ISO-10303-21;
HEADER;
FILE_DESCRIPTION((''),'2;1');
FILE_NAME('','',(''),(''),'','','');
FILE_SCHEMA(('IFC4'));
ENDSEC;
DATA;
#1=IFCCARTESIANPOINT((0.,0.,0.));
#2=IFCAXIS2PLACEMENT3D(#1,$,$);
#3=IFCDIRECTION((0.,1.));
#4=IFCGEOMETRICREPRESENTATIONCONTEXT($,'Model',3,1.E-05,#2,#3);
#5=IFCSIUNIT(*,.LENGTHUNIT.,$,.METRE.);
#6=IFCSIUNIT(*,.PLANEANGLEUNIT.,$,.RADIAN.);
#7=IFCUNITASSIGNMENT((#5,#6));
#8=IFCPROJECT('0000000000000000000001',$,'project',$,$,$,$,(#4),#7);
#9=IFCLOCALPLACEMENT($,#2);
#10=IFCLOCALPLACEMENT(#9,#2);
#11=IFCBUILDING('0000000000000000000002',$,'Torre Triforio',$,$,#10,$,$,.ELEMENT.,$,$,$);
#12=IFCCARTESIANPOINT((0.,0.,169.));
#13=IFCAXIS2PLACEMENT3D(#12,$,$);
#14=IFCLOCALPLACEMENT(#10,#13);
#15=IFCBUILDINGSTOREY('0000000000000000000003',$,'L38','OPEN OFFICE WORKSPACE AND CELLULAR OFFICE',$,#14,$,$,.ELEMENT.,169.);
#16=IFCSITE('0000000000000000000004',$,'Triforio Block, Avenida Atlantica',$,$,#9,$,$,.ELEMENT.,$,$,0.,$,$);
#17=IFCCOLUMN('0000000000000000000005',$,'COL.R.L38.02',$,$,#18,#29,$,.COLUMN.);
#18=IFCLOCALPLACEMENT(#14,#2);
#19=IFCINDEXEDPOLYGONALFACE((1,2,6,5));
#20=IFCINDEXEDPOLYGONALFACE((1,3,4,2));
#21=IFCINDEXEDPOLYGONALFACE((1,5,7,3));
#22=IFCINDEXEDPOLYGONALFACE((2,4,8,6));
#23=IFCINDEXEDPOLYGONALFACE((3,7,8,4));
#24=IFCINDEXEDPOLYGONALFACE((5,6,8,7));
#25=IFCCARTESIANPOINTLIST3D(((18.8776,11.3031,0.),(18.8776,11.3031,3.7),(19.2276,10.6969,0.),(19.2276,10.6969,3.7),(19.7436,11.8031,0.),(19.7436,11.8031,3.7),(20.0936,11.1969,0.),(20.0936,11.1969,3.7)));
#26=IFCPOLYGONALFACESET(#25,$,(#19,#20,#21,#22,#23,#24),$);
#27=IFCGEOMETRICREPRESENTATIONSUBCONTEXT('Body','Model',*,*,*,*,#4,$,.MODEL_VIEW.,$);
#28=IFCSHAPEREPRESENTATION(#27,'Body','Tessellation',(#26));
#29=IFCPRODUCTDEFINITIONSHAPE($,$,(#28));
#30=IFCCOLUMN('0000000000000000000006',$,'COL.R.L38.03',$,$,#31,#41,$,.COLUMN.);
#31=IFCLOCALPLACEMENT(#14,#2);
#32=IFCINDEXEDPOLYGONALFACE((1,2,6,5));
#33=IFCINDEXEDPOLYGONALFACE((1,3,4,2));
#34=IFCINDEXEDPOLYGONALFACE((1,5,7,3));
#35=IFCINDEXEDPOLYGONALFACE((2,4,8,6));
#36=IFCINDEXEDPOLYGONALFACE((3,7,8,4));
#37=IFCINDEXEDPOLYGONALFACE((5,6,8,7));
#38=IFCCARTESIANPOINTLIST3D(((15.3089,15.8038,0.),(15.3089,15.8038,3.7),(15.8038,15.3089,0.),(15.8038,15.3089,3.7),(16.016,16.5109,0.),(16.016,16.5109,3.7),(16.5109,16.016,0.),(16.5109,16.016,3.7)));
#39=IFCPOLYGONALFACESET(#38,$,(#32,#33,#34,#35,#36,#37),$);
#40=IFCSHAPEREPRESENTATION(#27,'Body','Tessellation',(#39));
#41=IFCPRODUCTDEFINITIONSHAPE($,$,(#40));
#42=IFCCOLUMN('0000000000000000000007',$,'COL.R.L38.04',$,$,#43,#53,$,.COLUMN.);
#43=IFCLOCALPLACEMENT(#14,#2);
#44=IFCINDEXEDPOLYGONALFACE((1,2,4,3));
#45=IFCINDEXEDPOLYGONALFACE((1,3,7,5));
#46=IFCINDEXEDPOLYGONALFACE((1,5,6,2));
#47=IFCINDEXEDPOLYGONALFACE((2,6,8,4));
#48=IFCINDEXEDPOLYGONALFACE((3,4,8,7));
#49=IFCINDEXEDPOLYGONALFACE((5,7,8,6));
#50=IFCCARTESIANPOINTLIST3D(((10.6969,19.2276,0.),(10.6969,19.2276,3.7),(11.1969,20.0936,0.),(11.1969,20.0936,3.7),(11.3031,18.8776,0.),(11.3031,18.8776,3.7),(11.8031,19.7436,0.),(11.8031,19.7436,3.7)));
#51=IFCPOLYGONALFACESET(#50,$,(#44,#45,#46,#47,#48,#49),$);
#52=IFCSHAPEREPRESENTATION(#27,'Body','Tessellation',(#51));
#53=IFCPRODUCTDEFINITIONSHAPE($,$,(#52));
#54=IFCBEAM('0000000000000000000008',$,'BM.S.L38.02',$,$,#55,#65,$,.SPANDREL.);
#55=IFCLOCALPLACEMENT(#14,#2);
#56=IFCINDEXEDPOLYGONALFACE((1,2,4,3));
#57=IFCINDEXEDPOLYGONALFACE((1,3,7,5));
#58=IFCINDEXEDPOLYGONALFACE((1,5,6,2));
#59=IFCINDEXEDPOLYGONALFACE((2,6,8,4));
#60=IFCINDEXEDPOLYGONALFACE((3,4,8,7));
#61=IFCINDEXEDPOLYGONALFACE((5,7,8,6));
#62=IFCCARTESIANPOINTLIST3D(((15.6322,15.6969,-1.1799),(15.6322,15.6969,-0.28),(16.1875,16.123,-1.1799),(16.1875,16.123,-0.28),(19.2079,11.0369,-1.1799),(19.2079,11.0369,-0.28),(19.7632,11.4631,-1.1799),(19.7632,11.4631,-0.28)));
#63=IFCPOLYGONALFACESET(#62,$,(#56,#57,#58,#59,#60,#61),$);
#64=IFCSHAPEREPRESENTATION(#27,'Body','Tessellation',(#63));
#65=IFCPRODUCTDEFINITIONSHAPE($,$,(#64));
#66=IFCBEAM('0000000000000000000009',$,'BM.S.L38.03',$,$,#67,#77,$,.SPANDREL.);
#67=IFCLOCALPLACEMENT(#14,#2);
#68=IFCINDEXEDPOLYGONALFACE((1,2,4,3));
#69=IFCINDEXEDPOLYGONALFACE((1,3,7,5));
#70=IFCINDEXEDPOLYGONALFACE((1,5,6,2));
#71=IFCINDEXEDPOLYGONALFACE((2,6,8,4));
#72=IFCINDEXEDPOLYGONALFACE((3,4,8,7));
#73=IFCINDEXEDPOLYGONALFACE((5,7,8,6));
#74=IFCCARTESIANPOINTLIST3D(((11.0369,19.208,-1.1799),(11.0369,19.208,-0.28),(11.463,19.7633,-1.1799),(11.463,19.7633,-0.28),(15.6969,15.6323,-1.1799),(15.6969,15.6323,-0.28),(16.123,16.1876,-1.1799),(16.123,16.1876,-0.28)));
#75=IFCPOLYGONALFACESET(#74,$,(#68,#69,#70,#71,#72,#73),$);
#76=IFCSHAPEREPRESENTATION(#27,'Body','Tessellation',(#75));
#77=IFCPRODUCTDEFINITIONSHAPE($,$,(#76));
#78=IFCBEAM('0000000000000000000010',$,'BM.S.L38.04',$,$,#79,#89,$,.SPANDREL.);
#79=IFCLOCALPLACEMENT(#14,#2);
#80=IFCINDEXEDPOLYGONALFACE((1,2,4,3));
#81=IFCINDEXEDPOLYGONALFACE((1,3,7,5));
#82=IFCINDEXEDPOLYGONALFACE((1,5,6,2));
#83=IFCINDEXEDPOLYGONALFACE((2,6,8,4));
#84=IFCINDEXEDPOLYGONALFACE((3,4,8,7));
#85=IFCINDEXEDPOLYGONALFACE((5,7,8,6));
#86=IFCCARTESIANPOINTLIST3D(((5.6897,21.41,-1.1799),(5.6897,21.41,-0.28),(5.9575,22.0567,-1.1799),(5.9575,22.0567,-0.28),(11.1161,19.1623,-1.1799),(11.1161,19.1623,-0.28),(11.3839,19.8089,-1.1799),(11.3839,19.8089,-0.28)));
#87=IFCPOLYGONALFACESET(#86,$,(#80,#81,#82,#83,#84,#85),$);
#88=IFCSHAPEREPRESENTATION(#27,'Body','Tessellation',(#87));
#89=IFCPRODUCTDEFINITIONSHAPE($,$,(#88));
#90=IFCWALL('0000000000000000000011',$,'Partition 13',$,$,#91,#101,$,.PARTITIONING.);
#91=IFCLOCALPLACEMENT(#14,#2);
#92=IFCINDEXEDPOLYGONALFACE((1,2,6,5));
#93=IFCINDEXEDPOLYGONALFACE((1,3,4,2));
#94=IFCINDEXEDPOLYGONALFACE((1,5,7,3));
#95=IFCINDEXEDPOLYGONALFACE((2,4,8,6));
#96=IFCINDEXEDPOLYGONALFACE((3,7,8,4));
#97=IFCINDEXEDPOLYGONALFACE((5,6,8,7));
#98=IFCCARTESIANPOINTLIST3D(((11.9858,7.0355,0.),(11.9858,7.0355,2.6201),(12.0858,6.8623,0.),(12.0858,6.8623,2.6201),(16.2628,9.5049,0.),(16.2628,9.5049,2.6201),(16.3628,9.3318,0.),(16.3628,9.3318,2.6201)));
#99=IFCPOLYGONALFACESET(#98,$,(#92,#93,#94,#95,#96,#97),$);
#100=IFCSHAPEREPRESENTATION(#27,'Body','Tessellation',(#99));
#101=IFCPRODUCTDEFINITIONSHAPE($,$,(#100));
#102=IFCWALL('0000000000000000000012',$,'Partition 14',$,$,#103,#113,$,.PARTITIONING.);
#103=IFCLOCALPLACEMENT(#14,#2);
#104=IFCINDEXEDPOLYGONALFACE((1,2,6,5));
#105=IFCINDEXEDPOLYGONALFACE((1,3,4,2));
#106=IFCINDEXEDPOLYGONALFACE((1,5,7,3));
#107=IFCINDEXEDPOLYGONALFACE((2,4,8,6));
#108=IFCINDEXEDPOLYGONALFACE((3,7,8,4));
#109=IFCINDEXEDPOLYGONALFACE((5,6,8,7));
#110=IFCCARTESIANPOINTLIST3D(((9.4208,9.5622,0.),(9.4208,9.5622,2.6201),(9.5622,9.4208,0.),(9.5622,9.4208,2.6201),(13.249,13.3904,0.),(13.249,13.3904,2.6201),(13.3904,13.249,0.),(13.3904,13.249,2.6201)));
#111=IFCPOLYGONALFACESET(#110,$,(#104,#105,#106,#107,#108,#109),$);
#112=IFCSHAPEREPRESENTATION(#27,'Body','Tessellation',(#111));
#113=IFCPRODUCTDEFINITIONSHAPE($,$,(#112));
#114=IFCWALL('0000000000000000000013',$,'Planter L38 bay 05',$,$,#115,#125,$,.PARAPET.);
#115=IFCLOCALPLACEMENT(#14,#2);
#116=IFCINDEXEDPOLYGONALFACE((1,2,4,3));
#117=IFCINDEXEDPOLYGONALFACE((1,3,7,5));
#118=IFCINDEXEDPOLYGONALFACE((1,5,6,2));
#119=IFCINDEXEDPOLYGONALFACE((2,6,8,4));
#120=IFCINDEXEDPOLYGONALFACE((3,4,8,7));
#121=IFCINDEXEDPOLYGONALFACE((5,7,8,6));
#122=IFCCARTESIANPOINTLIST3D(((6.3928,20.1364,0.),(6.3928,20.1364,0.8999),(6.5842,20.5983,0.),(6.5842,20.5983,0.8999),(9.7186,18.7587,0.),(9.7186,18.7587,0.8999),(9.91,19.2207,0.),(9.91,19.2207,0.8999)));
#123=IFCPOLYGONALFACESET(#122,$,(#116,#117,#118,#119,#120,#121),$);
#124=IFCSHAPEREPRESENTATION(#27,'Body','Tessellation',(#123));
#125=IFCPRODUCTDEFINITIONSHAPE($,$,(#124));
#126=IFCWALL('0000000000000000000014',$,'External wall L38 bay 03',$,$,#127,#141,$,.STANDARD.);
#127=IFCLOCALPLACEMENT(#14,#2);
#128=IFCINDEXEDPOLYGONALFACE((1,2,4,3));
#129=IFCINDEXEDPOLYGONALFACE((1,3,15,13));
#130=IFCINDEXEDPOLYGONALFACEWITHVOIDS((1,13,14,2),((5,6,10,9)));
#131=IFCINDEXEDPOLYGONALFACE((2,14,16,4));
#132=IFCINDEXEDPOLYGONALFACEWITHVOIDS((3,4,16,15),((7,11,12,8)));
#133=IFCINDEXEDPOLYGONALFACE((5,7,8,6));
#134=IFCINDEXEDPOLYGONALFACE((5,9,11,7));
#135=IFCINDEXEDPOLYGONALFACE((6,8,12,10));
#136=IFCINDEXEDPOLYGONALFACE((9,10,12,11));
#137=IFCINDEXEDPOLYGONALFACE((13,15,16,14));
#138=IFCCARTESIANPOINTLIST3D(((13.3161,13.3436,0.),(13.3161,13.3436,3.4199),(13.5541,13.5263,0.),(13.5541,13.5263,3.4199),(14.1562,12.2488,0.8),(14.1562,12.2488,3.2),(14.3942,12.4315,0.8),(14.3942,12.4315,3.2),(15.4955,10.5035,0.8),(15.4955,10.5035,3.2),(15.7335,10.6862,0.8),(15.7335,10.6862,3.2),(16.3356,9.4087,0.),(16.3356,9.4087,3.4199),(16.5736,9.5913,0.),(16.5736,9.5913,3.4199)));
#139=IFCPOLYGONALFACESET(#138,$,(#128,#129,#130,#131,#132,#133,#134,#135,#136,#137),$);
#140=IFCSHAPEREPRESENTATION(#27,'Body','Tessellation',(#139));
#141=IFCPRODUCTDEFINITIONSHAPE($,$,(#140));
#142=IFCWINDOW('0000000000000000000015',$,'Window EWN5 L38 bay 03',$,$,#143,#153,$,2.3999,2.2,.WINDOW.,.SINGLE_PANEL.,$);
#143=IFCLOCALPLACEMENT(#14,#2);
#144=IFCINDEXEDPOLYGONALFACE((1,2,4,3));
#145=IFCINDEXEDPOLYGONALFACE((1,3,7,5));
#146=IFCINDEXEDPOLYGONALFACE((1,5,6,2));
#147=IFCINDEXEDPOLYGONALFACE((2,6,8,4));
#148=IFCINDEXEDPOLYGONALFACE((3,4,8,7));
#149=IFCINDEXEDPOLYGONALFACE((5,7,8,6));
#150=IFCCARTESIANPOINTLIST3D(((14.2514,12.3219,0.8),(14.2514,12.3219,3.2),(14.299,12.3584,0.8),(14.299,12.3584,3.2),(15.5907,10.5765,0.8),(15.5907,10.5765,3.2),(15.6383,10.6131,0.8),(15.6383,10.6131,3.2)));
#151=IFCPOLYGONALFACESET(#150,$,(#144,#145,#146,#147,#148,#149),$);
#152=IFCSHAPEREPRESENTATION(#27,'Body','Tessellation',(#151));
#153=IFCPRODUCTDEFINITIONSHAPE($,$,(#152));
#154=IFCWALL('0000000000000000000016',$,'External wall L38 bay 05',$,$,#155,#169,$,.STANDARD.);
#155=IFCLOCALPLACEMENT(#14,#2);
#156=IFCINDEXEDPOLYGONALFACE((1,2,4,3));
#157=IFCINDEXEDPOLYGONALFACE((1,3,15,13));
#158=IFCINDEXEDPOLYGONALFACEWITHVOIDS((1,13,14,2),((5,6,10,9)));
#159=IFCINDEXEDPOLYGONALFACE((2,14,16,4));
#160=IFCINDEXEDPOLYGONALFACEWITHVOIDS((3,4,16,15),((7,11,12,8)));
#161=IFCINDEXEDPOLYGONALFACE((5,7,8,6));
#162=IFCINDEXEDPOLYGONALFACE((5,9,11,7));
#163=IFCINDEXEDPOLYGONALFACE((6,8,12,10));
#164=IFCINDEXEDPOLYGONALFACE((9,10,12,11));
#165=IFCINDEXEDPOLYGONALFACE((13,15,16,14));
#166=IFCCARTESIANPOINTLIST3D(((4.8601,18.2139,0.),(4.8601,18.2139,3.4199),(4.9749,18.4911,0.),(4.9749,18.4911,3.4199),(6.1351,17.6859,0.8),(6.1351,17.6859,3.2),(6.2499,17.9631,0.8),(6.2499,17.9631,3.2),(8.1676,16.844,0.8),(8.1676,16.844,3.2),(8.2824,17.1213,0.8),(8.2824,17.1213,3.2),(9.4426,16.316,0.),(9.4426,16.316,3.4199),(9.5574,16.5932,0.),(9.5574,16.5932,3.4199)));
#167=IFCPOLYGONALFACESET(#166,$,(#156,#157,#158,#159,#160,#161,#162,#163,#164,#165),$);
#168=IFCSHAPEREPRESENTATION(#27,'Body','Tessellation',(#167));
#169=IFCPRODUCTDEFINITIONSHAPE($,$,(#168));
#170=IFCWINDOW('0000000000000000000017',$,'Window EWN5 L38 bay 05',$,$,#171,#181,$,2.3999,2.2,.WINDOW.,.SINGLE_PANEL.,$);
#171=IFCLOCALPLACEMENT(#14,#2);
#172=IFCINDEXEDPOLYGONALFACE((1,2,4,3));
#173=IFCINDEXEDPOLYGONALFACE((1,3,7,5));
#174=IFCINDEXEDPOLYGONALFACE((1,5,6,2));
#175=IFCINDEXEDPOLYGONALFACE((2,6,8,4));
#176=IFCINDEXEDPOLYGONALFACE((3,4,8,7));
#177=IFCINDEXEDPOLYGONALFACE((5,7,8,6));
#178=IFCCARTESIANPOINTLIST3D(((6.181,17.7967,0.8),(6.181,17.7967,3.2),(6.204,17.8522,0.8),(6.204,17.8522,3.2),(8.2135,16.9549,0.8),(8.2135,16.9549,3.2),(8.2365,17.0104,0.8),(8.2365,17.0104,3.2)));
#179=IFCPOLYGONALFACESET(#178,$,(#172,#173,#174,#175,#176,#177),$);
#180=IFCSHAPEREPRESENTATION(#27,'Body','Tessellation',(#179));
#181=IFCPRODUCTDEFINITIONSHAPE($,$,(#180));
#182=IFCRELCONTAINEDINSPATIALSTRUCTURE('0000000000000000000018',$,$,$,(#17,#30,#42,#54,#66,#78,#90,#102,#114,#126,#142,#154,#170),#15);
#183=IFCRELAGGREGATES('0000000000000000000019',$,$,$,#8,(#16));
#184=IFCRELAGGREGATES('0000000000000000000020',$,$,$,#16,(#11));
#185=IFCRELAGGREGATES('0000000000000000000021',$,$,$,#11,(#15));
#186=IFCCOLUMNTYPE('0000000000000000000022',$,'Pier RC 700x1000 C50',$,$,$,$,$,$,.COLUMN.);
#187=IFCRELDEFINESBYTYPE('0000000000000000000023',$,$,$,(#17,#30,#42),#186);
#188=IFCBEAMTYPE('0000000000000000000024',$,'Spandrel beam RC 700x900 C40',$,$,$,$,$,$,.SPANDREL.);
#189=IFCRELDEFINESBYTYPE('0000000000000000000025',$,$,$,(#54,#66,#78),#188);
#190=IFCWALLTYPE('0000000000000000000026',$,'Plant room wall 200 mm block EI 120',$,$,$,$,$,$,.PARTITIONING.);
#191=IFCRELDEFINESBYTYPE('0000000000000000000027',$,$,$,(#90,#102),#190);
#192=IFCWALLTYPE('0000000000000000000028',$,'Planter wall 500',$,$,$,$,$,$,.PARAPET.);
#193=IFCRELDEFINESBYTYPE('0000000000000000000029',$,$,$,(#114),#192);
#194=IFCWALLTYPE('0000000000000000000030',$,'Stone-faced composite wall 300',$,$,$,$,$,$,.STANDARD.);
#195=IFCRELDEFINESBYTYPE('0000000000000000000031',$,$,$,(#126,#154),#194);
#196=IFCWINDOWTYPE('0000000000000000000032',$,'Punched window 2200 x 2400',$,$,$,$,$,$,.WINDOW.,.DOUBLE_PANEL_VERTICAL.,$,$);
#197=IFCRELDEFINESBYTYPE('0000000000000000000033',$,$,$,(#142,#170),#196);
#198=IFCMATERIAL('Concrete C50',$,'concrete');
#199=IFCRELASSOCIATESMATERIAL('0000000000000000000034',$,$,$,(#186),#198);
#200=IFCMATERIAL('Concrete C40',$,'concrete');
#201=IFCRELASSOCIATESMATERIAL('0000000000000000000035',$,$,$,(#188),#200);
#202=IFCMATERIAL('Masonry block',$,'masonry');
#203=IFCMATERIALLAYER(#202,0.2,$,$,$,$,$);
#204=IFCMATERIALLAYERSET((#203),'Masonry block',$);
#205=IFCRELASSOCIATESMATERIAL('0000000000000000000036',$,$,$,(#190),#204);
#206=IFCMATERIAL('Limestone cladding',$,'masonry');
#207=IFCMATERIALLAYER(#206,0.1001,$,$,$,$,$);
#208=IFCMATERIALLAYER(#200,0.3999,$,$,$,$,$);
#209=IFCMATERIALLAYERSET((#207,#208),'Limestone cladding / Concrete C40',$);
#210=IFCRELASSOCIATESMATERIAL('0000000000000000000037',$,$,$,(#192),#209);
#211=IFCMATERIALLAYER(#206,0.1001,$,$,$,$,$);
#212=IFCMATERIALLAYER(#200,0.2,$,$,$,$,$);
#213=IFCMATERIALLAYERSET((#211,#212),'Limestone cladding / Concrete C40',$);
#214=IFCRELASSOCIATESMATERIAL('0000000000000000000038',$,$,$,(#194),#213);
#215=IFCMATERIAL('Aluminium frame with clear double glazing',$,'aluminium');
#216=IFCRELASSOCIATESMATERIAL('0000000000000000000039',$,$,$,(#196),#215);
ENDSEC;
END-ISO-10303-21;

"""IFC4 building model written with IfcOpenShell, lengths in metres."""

from ifc_helpers import new_model, si_unit, direction, frame, frame_2d, origin, origin_2d, place, context, subcontext, project, spatial, rectangle, extrude, material, layer, layer_set, material_profile, profile_set, type_object, element, fill, save


model = new_model("IFC4")

# Units and contexts
model_context = context("Model", 3, precision=1e-05, world=origin(), true_north=direction((0.0, 1.0)))
body_context = subcontext(model_context, "Body", "Model", "MODEL_VIEW")
ifc_project = project(units=[si_unit("LENGTHUNIT", "METRE"), si_unit("PLANEANGLEUNIT", "RADIAN")], contexts=[model_context])

# Site, building, storey
site_placement = place(None, origin())
site = spatial("IfcSite", under=ifc_project, at=site_placement, Name="Triforio Block, Avenida Atlantica", CompositionType="ELEMENT", RefElevation=0.0)
building_placement = place(site_placement, origin())
building = spatial("IfcBuilding", under=site, at=building_placement, Name="Torre Triforio", CompositionType="ELEMENT")
storey_placement = place(building_placement, frame((0.0, 0.0, 169.0)))
storey = spatial("IfcBuildingStorey", under=building, at=storey_placement, Name="L38", Description="OPEN OFFICE WORKSPACE AND CELLULAR OFFICE", CompositionType="ELEMENT", Elevation=169.0)

# Columns
ifc_material_1 = material(Name="Concrete C50", Category="concrete")
ifc_material_profile_1 = material_profile(ifc_material_1, rectangle(XDim=0.7, YDim=1.0, at=origin_2d()), Name="RC 700x1000")
ifc_profile_set_1 = profile_set([ifc_material_profile_1], Name="Concrete C50")
column_type = type_object("IfcColumnType", Name="Pier RC 700x1000 C50", PredefinedType="COLUMN", material=ifc_profile_set_1)
for number, where, z_axis, x_axis, name in (
    (1, (19.4856, 11.25, 0.0), (0.0, 0.0, 1.0), (-0.5, 0.866025, 0.0), "COL.R.L38.02"),
    (2, (15.9099, 15.9099, 0.0), (0.0, 0.0, 1.0), (-0.707107, 0.707107, 0.0), "COL.R.L38.03"),
    (3, (11.25, 19.4856, 0.0), (0.0, 0.0, 1.0), (-0.866025, 0.5, 0.0), "COL.R.L38.04"),
):
    element("IfcColumn", number, at=place(storey_placement, frame(where, z_axis=z_axis, x_axis=x_axis)), inside=storey, type_object=column_type, Name=name, PredefinedType="COLUMN", context=body_context, shape_type="SweptSolid", body=[
        extrude(rectangle(XDim=0.7, YDim=1.0, at=origin_2d()), origin(), (0.0, 0.0, 1.0), 3.7),
    ])

# Beams
ifc_material_2 = material(Name="Concrete C40", Category="concrete")
ifc_material_profile_2 = material_profile(ifc_material_2, rectangle(XDim=0.7, YDim=0.8999, at=origin_2d()), Name="RC 700x900")
ifc_profile_set_2 = profile_set([ifc_material_profile_2], Name="Concrete C40")
beam_type = type_object("IfcBeamType", Name="Spandrel beam RC 700x900 C40", PredefinedType="SPANDREL", material=ifc_profile_set_2)
for number, where, z_axis, x_axis, name in (
    (4, (19.4856, 11.25, -0.73), (-0.608762, 0.793353, 0.0), (-0.793353, -0.608762, 0.0), "BM.S.L38.02"),
    (5, (15.9099, 15.9099, -0.73), (-0.793353, 0.608762, 0.0), (-0.608762, -0.793353, 0.0), "BM.S.L38.03"),
):
    element("IfcBeam", number, at=place(storey_placement, frame(where, z_axis=z_axis, x_axis=x_axis)), inside=storey, type_object=beam_type, Name=name, PredefinedType="SPANDREL", context=body_context, shape_type="SweptSolid", body=[
        extrude(rectangle(XDim=0.7, YDim=0.8999, at=origin_2d()), origin(), (0.0, 0.0, 1.0), 5.8738),
    ])
beam_placement = place(storey_placement, frame((11.25, 19.4856, -0.73), z_axis=(-0.923875, 0.382693, 0.0), x_axis=(-0.382693, -0.923875, 0.0)))
element("IfcBeam", 6, at=beam_placement, inside=storey, type_object=beam_type, Name="BM.S.L38.04", PredefinedType="SPANDREL", context=body_context, shape_type="SweptSolid", body=[
    extrude(rectangle(XDim=0.7, YDim=0.8999, at=origin_2d()), origin(), (0.0, 0.0, 1.0), 5.8735),
])

# Walls
ifc_material_3 = material(Name="Masonry block", Category="masonry")
ifc_layer_1 = layer(ifc_material_3, 0.2)
ifc_layer_set_1 = layer_set([ifc_layer_1], Name="Masonry block")
wall_type_1 = type_object("IfcWallType", Name="Plant room wall 200 mm block EI 120", PredefinedType="PARTITIONING", material=ifc_layer_set_1)
wall_1_placement = place(storey_placement, frame((12.0359, 6.949, 0.0), z_axis=(0.0, 0.0, 1.0), x_axis=(0.866017, 0.500015, 0.0)))
element("IfcWall", 7, at=wall_1_placement, inside=storey, type_object=wall_type_1, Name="Partition 13", PredefinedType="PARTITIONING", context=body_context, shape_type="SweptSolid", body=[
    extrude(rectangle(XDim=4.9387, YDim=0.2, at=frame_2d((2.4692, 0.0))), origin(), (0.0, 0.0, 1.0), 2.6201),
])
wall_2_placement = place(storey_placement, frame((9.4915, 9.4915, 0.0), z_axis=(0.0, 0.0, 1.0), x_axis=(0.707107, 0.707107, 0.0)))
element("IfcWall", 8, at=wall_2_placement, inside=storey, type_object=wall_type_1, Name="Partition 14", PredefinedType="PARTITIONING", context=body_context, shape_type="SweptSolid", body=[
    extrude(rectangle(XDim=5.4138, YDim=0.2, at=frame_2d((2.707, 0.0))), origin(), (0.0, 0.0, 1.0), 2.6201),
])
ifc_material_4 = material(Name="Limestone cladding", Category="masonry")
ifc_layer_2 = layer(ifc_material_4, 0.1001)
ifc_layer_3 = layer(ifc_material_2, 0.3999)
ifc_layer_set_2 = layer_set([ifc_layer_2, ifc_layer_3], Name="Limestone cladding / Concrete C40")
wall_type_2 = type_object("IfcWallType", Name="Planter wall 500", PredefinedType="PARAPET", material=ifc_layer_set_2)
wall_3_placement = place(storey_placement, frame((9.8142, 18.9897, 0.0), z_axis=(0.0, 0.0, 1.0), x_axis=(-0.923875, 0.382693, 0.0)))
element("IfcWall", 9, at=wall_3_placement, inside=storey, type_object=wall_type_2, Name="Planter L38 bay 05", PredefinedType="PARAPET", context=body_context, shape_type="SweptSolid", body=[
    extrude(rectangle(XDim=3.5999, YDim=0.5, at=frame_2d((1.7998, 0.0))), origin(), (0.0, 0.0, 1.0), 0.8999),
])

# Wall, opening, window
ifc_layer_4 = layer(ifc_material_4, 0.1001)
ifc_layer_5 = layer(ifc_material_2, 0.2)
ifc_layer_set_3 = layer_set([ifc_layer_4, ifc_layer_5], Name="Limestone cladding / Concrete C40")
wall_type_3 = type_object("IfcWallType", Name="Stone-faced composite wall 300", PredefinedType="STANDARD", material=ifc_layer_set_3)
wall_4_placement = place(storey_placement, frame((16.4546, 9.5, 0.0), z_axis=(0.0, 0.0, 1.0), x_axis=(-0.608768, 0.793348, 0.0)))
wall_4 = element("IfcWall", 10, at=wall_4_placement, inside=storey, type_object=wall_type_3, Name="External wall L38 bay 03", PredefinedType="STANDARD", context=body_context, shape_type="SweptSolid", body=[
    extrude(rectangle(XDim=4.96, YDim=0.3, at=frame_2d((2.48, 0.0))), origin(), (0.0, 0.0, 1.0), 3.4199),
])
opening_1_placement = place(wall_4_placement, frame((1.3799, 0.0, 0.8)))
opening_1 = element("IfcOpeningElement", 11, at=opening_1_placement, cuts=wall_4, PredefinedType="OPENING", context=body_context, shape_type="SweptSolid", body=[
    extrude(rectangle(XDim=2.2, YDim=2.3999, at=frame_2d((1.1001, 1.2))), frame((0.0, 0.1599, 0.0), z_axis=(0.0, -1.0, 0.0), x_axis=(1.0, 0.0, 0.0)), (0.0, 0.0, 1.0), 0.3201),
])
ifc_material_5 = material(Name="Aluminium frame with clear double glazing", Category="aluminium")
window_type_1 = type_object("IfcWindowType", Name="Punched window 2200 x 2400", PartitioningType="DOUBLE_PANEL_VERTICAL", PredefinedType="WINDOW", material=ifc_material_5)
window_1_placement = place(opening_1_placement, origin())
window_1 = element("IfcWindow", 12, at=window_1_placement, inside=storey, type_object=window_type_1, Name="Window EWN5 L38 bay 03", OverallHeight=2.3999, OverallWidth=2.2, PartitioningType="SINGLE_PANEL", PredefinedType="WINDOW", context=body_context, shape_type="SweptSolid", body=[
    extrude(rectangle(XDim=2.2, YDim=2.3999, at=frame_2d((1.1001, 1.2))), frame((0.0, 0.03, 0.0), z_axis=(0.0, -1.0, 0.0), x_axis=(1.0, 0.0, 0.0)), (0.0, 0.0, 1.0), 0.0601),
])
fill(opening_1, window_1)

# Wall, opening, window
wall_5_placement = place(storey_placement, frame((9.5, 16.4546, 0.0), z_axis=(0.0, 0.0, 1.0), x_axis=(-0.923893, 0.38265, 0.0)))
wall_5 = element("IfcWall", 13, at=wall_5_placement, inside=storey, type_object=wall_type_3, Name="External wall L38 bay 05", PredefinedType="STANDARD", context=body_context, shape_type="SweptSolid", body=[
    extrude(rectangle(XDim=4.96, YDim=0.3, at=frame_2d((2.48, 0.0))), origin(), (0.0, 0.0, 1.0), 3.4199),
])
opening_2_placement = place(wall_5_placement, frame((1.3799, 0.0, 0.8)))
opening_2 = element("IfcOpeningElement", 14, at=opening_2_placement, cuts=wall_5, PredefinedType="OPENING", context=body_context, shape_type="SweptSolid", body=[
    extrude(rectangle(XDim=2.2, YDim=2.3999, at=frame_2d((1.1001, 1.2))), frame((0.0, 0.1599, 0.0), z_axis=(0.0, -1.0, 0.0), x_axis=(1.0, 0.0, 0.0)), (0.0, 0.0, 1.0), 0.3201),
])
window_2_placement = place(opening_2_placement, origin())
window_2 = element("IfcWindow", 15, at=window_2_placement, inside=storey, type_object=window_type_1, Name="Window EWN5 L38 bay 05", OverallHeight=2.3999, OverallWidth=2.2, PartitioningType="SINGLE_PANEL", PredefinedType="WINDOW", context=body_context, shape_type="SweptSolid", body=[
    extrude(rectangle(XDim=2.2, YDim=2.3999, at=frame_2d((1.1001, 1.2))), frame((0.0, 0.03, 0.0), z_axis=(0.0, -1.0, 0.0), x_axis=(1.0, 0.0, 0.0)), (0.0, 0.0, 1.0), 0.0601),
])
fill(opening_2, window_2)

save(model, "model.ifc")
